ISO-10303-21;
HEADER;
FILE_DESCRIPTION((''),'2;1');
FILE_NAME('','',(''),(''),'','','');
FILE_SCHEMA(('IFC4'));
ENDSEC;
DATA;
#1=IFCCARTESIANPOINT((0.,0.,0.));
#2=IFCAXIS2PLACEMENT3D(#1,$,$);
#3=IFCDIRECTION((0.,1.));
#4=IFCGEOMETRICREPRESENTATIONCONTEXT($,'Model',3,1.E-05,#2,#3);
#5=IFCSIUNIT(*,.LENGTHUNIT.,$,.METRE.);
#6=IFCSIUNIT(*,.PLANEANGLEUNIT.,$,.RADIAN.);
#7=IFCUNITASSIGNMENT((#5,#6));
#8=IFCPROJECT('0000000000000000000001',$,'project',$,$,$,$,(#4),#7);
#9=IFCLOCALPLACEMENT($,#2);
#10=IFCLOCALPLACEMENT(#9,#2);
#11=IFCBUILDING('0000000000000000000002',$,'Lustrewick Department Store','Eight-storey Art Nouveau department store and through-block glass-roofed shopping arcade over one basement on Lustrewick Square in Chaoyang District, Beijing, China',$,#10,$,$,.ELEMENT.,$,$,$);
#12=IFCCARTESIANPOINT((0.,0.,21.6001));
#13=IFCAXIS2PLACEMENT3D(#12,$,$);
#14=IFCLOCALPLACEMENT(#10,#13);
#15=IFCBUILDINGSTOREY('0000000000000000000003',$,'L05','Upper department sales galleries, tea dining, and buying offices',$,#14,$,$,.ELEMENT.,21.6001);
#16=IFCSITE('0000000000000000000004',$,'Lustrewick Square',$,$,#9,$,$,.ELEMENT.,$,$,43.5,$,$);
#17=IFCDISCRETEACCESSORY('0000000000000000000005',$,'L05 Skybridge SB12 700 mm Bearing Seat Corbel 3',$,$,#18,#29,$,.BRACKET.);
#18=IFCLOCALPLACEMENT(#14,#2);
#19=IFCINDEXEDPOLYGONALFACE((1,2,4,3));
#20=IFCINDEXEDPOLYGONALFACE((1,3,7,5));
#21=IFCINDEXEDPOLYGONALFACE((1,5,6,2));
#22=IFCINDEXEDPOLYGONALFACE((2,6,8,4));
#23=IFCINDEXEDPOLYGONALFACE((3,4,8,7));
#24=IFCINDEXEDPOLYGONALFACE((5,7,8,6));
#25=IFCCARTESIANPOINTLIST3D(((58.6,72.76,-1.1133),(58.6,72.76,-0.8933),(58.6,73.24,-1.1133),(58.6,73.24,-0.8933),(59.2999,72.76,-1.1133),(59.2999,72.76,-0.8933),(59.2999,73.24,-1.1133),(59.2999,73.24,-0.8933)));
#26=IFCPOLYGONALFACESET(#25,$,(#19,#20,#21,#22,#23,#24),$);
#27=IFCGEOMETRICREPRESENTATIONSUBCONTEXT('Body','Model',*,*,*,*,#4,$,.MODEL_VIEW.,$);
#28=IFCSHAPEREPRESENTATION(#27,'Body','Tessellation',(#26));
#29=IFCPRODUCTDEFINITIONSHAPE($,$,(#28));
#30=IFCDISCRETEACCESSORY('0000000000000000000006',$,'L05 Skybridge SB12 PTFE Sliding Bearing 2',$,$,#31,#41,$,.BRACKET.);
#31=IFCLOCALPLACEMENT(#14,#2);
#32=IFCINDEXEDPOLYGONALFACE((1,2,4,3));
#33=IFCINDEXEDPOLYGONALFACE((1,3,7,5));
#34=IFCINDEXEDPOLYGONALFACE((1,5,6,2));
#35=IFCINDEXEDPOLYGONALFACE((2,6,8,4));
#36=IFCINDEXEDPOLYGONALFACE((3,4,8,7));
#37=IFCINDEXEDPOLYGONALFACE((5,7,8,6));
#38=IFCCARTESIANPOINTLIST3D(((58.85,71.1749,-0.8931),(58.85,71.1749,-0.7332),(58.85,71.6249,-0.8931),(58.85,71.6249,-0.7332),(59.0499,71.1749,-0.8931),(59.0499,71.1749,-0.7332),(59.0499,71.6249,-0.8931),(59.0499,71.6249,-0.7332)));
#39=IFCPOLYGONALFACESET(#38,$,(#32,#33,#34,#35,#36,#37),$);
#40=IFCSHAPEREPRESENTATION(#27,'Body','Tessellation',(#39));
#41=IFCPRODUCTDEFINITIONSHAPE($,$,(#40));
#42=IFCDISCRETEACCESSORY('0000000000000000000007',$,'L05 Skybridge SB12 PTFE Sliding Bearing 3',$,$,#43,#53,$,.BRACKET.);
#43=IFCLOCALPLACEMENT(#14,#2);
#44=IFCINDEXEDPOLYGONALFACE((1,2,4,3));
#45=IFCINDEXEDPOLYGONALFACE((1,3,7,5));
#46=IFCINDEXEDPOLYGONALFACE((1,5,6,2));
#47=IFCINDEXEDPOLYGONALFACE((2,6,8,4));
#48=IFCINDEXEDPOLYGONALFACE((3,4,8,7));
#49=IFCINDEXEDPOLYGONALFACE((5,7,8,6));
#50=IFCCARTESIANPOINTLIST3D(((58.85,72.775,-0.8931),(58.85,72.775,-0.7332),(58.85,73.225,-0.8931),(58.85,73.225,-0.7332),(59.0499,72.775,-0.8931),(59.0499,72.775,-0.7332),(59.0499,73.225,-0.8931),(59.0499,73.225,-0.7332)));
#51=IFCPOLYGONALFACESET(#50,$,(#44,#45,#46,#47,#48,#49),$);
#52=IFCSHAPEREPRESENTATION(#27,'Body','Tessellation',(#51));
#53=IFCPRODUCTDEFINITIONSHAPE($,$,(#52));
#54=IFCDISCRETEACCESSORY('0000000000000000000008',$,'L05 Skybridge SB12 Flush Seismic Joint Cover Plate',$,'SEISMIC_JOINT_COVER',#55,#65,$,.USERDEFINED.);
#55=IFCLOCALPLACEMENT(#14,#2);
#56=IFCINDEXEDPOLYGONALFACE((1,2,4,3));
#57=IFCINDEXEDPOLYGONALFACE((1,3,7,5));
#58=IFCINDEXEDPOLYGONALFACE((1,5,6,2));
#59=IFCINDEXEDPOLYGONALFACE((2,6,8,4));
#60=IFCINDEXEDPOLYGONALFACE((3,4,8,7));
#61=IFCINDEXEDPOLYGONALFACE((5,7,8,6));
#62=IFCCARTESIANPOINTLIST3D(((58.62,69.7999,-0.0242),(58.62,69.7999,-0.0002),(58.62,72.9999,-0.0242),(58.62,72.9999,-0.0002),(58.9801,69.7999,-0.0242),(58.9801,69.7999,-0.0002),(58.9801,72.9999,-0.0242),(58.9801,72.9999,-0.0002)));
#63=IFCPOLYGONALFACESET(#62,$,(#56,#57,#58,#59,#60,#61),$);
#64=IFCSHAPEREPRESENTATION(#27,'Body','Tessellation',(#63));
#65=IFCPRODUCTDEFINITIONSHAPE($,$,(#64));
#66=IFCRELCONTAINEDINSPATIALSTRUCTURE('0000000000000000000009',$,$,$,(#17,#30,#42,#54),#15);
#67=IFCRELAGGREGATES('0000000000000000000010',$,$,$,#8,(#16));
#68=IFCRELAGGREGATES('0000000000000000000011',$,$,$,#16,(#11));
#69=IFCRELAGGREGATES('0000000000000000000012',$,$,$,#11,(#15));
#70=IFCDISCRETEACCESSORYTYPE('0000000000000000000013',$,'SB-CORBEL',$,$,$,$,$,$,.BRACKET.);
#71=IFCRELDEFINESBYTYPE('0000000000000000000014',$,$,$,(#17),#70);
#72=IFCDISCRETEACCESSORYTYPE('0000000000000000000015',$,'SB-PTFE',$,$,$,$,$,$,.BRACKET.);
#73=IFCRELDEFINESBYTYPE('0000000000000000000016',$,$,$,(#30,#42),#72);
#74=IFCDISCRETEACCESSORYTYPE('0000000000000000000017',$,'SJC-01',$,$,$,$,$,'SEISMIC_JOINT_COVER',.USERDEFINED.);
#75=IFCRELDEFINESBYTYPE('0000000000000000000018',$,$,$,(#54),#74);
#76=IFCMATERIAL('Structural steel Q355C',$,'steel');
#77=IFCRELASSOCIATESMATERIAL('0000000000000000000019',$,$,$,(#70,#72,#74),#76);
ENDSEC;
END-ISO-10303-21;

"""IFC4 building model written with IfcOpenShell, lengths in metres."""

from ifc_helpers import new_model, si_unit, direction, frame, origin, origin_2d, place, context, subcontext, project, spatial, rectangle, extrude, material, type_object, element, save


model = new_model("IFC4")

# Units and contexts
model_context = context("Model", 3, precision=1e-05, world=origin(), true_north=direction((0.0, 1.0)))
body_context = subcontext(model_context, "Body", "Model", "MODEL_VIEW")
ifc_project = project(units=[si_unit("LENGTHUNIT", "METRE"), si_unit("PLANEANGLEUNIT", "RADIAN")], contexts=[model_context])

# Site, building, storey
site_placement = place(None, origin())
site = spatial("IfcSite", under=ifc_project, at=site_placement, Name="Lustrewick Square", CompositionType="ELEMENT", RefElevation=43.5)
building_placement = place(site_placement, origin())
building = spatial("IfcBuilding", under=site, at=building_placement, Name="Lustrewick Department Store", Description="Eight-storey Art Nouveau department store and through-block glass-roofed shopping arcade over one basement on Lustrewick Square in Chaoyang District, Beijing, China", CompositionType="ELEMENT")
storey_placement = place(building_placement, frame((0.0, 0.0, 21.6001)))
storey = spatial("IfcBuildingStorey", under=building, at=storey_placement, Name="L05", Description="Upper department sales galleries, tea dining, and buying offices", CompositionType="ELEMENT", Elevation=21.6001)

# Shared definitions
ifc_material_1 = material(Name="Structural steel Q355C", Category="steel")

# Discrete accessories
discrete_accessory_type_1 = type_object("IfcDiscreteAccessoryType", Name="SB-CORBEL", PredefinedType="BRACKET", material=ifc_material_1)
for number, where, z_axis, x_axis, name in (
    (1, (58.95, 73.0, -1.1133), (0.0, 0.0, 1.0), (1.0, 0.0, 0.0), "L05 Skybridge SB12 700 mm Bearing Seat Corbel 3"),
):
    element("IfcDiscreteAccessory", number, at=place(storey_placement, frame(where, z_axis=z_axis, x_axis=x_axis)), inside=storey, type_object=discrete_accessory_type_1, Name=name, PredefinedType="BRACKET", context=body_context, shape_type="SweptSolid", body=[
        extrude(rectangle(XDim=0.7, YDim=0.48, at=origin_2d()), origin(), (0.0, 0.0, 1.0), 0.22),
    ])
discrete_accessory_type_2 = type_object("IfcDiscreteAccessoryType", Name="SB-PTFE", PredefinedType="BRACKET", material=ifc_material_1)
for number, where, z_axis, x_axis, name in (
    (2, (58.95, 71.3999, -0.8931), (0.0, 0.0, 1.0), (1.0, 0.0, 0.0), "L05 Skybridge SB12 PTFE Sliding Bearing 2"),
    (3, (58.95, 73.0, -0.8931), (0.0, 0.0, 1.0), (1.0, 0.0, 0.0), "L05 Skybridge SB12 PTFE Sliding Bearing 3"),
):
    element("IfcDiscreteAccessory", number, at=place(storey_placement, frame(where, z_axis=z_axis, x_axis=x_axis)), inside=storey, type_object=discrete_accessory_type_2, Name=name, PredefinedType="BRACKET", context=body_context, shape_type="SweptSolid", body=[
        extrude(rectangle(XDim=0.2, YDim=0.45, at=origin_2d()), origin(), (0.0, 0.0, 1.0), 0.1599),
    ])
discrete_accessory_type_3 = type_object("IfcDiscreteAccessoryType", Name="SJC-01", ElementType="SEISMIC_JOINT_COVER", PredefinedType="USERDEFINED", material=ifc_material_1)
discrete_accessory_placement = place(storey_placement, frame((58.8, 71.3999, -0.0242), z_axis=(0.0, 0.0, 1.0), x_axis=(1.0, 0.0, 0.0)))
element("IfcDiscreteAccessory", 4, at=discrete_accessory_placement, inside=storey, type_object=discrete_accessory_type_3, Name="L05 Skybridge SB12 Flush Seismic Joint Cover Plate", ObjectType="SEISMIC_JOINT_COVER", PredefinedType="USERDEFINED", context=body_context, shape_type="SweptSolid", body=[
    extrude(rectangle(XDim=0.3601, YDim=3.2, at=origin_2d()), origin(), (0.0, 0.0, 1.0), 0.0239),
])

save(model, "model.ifc")
